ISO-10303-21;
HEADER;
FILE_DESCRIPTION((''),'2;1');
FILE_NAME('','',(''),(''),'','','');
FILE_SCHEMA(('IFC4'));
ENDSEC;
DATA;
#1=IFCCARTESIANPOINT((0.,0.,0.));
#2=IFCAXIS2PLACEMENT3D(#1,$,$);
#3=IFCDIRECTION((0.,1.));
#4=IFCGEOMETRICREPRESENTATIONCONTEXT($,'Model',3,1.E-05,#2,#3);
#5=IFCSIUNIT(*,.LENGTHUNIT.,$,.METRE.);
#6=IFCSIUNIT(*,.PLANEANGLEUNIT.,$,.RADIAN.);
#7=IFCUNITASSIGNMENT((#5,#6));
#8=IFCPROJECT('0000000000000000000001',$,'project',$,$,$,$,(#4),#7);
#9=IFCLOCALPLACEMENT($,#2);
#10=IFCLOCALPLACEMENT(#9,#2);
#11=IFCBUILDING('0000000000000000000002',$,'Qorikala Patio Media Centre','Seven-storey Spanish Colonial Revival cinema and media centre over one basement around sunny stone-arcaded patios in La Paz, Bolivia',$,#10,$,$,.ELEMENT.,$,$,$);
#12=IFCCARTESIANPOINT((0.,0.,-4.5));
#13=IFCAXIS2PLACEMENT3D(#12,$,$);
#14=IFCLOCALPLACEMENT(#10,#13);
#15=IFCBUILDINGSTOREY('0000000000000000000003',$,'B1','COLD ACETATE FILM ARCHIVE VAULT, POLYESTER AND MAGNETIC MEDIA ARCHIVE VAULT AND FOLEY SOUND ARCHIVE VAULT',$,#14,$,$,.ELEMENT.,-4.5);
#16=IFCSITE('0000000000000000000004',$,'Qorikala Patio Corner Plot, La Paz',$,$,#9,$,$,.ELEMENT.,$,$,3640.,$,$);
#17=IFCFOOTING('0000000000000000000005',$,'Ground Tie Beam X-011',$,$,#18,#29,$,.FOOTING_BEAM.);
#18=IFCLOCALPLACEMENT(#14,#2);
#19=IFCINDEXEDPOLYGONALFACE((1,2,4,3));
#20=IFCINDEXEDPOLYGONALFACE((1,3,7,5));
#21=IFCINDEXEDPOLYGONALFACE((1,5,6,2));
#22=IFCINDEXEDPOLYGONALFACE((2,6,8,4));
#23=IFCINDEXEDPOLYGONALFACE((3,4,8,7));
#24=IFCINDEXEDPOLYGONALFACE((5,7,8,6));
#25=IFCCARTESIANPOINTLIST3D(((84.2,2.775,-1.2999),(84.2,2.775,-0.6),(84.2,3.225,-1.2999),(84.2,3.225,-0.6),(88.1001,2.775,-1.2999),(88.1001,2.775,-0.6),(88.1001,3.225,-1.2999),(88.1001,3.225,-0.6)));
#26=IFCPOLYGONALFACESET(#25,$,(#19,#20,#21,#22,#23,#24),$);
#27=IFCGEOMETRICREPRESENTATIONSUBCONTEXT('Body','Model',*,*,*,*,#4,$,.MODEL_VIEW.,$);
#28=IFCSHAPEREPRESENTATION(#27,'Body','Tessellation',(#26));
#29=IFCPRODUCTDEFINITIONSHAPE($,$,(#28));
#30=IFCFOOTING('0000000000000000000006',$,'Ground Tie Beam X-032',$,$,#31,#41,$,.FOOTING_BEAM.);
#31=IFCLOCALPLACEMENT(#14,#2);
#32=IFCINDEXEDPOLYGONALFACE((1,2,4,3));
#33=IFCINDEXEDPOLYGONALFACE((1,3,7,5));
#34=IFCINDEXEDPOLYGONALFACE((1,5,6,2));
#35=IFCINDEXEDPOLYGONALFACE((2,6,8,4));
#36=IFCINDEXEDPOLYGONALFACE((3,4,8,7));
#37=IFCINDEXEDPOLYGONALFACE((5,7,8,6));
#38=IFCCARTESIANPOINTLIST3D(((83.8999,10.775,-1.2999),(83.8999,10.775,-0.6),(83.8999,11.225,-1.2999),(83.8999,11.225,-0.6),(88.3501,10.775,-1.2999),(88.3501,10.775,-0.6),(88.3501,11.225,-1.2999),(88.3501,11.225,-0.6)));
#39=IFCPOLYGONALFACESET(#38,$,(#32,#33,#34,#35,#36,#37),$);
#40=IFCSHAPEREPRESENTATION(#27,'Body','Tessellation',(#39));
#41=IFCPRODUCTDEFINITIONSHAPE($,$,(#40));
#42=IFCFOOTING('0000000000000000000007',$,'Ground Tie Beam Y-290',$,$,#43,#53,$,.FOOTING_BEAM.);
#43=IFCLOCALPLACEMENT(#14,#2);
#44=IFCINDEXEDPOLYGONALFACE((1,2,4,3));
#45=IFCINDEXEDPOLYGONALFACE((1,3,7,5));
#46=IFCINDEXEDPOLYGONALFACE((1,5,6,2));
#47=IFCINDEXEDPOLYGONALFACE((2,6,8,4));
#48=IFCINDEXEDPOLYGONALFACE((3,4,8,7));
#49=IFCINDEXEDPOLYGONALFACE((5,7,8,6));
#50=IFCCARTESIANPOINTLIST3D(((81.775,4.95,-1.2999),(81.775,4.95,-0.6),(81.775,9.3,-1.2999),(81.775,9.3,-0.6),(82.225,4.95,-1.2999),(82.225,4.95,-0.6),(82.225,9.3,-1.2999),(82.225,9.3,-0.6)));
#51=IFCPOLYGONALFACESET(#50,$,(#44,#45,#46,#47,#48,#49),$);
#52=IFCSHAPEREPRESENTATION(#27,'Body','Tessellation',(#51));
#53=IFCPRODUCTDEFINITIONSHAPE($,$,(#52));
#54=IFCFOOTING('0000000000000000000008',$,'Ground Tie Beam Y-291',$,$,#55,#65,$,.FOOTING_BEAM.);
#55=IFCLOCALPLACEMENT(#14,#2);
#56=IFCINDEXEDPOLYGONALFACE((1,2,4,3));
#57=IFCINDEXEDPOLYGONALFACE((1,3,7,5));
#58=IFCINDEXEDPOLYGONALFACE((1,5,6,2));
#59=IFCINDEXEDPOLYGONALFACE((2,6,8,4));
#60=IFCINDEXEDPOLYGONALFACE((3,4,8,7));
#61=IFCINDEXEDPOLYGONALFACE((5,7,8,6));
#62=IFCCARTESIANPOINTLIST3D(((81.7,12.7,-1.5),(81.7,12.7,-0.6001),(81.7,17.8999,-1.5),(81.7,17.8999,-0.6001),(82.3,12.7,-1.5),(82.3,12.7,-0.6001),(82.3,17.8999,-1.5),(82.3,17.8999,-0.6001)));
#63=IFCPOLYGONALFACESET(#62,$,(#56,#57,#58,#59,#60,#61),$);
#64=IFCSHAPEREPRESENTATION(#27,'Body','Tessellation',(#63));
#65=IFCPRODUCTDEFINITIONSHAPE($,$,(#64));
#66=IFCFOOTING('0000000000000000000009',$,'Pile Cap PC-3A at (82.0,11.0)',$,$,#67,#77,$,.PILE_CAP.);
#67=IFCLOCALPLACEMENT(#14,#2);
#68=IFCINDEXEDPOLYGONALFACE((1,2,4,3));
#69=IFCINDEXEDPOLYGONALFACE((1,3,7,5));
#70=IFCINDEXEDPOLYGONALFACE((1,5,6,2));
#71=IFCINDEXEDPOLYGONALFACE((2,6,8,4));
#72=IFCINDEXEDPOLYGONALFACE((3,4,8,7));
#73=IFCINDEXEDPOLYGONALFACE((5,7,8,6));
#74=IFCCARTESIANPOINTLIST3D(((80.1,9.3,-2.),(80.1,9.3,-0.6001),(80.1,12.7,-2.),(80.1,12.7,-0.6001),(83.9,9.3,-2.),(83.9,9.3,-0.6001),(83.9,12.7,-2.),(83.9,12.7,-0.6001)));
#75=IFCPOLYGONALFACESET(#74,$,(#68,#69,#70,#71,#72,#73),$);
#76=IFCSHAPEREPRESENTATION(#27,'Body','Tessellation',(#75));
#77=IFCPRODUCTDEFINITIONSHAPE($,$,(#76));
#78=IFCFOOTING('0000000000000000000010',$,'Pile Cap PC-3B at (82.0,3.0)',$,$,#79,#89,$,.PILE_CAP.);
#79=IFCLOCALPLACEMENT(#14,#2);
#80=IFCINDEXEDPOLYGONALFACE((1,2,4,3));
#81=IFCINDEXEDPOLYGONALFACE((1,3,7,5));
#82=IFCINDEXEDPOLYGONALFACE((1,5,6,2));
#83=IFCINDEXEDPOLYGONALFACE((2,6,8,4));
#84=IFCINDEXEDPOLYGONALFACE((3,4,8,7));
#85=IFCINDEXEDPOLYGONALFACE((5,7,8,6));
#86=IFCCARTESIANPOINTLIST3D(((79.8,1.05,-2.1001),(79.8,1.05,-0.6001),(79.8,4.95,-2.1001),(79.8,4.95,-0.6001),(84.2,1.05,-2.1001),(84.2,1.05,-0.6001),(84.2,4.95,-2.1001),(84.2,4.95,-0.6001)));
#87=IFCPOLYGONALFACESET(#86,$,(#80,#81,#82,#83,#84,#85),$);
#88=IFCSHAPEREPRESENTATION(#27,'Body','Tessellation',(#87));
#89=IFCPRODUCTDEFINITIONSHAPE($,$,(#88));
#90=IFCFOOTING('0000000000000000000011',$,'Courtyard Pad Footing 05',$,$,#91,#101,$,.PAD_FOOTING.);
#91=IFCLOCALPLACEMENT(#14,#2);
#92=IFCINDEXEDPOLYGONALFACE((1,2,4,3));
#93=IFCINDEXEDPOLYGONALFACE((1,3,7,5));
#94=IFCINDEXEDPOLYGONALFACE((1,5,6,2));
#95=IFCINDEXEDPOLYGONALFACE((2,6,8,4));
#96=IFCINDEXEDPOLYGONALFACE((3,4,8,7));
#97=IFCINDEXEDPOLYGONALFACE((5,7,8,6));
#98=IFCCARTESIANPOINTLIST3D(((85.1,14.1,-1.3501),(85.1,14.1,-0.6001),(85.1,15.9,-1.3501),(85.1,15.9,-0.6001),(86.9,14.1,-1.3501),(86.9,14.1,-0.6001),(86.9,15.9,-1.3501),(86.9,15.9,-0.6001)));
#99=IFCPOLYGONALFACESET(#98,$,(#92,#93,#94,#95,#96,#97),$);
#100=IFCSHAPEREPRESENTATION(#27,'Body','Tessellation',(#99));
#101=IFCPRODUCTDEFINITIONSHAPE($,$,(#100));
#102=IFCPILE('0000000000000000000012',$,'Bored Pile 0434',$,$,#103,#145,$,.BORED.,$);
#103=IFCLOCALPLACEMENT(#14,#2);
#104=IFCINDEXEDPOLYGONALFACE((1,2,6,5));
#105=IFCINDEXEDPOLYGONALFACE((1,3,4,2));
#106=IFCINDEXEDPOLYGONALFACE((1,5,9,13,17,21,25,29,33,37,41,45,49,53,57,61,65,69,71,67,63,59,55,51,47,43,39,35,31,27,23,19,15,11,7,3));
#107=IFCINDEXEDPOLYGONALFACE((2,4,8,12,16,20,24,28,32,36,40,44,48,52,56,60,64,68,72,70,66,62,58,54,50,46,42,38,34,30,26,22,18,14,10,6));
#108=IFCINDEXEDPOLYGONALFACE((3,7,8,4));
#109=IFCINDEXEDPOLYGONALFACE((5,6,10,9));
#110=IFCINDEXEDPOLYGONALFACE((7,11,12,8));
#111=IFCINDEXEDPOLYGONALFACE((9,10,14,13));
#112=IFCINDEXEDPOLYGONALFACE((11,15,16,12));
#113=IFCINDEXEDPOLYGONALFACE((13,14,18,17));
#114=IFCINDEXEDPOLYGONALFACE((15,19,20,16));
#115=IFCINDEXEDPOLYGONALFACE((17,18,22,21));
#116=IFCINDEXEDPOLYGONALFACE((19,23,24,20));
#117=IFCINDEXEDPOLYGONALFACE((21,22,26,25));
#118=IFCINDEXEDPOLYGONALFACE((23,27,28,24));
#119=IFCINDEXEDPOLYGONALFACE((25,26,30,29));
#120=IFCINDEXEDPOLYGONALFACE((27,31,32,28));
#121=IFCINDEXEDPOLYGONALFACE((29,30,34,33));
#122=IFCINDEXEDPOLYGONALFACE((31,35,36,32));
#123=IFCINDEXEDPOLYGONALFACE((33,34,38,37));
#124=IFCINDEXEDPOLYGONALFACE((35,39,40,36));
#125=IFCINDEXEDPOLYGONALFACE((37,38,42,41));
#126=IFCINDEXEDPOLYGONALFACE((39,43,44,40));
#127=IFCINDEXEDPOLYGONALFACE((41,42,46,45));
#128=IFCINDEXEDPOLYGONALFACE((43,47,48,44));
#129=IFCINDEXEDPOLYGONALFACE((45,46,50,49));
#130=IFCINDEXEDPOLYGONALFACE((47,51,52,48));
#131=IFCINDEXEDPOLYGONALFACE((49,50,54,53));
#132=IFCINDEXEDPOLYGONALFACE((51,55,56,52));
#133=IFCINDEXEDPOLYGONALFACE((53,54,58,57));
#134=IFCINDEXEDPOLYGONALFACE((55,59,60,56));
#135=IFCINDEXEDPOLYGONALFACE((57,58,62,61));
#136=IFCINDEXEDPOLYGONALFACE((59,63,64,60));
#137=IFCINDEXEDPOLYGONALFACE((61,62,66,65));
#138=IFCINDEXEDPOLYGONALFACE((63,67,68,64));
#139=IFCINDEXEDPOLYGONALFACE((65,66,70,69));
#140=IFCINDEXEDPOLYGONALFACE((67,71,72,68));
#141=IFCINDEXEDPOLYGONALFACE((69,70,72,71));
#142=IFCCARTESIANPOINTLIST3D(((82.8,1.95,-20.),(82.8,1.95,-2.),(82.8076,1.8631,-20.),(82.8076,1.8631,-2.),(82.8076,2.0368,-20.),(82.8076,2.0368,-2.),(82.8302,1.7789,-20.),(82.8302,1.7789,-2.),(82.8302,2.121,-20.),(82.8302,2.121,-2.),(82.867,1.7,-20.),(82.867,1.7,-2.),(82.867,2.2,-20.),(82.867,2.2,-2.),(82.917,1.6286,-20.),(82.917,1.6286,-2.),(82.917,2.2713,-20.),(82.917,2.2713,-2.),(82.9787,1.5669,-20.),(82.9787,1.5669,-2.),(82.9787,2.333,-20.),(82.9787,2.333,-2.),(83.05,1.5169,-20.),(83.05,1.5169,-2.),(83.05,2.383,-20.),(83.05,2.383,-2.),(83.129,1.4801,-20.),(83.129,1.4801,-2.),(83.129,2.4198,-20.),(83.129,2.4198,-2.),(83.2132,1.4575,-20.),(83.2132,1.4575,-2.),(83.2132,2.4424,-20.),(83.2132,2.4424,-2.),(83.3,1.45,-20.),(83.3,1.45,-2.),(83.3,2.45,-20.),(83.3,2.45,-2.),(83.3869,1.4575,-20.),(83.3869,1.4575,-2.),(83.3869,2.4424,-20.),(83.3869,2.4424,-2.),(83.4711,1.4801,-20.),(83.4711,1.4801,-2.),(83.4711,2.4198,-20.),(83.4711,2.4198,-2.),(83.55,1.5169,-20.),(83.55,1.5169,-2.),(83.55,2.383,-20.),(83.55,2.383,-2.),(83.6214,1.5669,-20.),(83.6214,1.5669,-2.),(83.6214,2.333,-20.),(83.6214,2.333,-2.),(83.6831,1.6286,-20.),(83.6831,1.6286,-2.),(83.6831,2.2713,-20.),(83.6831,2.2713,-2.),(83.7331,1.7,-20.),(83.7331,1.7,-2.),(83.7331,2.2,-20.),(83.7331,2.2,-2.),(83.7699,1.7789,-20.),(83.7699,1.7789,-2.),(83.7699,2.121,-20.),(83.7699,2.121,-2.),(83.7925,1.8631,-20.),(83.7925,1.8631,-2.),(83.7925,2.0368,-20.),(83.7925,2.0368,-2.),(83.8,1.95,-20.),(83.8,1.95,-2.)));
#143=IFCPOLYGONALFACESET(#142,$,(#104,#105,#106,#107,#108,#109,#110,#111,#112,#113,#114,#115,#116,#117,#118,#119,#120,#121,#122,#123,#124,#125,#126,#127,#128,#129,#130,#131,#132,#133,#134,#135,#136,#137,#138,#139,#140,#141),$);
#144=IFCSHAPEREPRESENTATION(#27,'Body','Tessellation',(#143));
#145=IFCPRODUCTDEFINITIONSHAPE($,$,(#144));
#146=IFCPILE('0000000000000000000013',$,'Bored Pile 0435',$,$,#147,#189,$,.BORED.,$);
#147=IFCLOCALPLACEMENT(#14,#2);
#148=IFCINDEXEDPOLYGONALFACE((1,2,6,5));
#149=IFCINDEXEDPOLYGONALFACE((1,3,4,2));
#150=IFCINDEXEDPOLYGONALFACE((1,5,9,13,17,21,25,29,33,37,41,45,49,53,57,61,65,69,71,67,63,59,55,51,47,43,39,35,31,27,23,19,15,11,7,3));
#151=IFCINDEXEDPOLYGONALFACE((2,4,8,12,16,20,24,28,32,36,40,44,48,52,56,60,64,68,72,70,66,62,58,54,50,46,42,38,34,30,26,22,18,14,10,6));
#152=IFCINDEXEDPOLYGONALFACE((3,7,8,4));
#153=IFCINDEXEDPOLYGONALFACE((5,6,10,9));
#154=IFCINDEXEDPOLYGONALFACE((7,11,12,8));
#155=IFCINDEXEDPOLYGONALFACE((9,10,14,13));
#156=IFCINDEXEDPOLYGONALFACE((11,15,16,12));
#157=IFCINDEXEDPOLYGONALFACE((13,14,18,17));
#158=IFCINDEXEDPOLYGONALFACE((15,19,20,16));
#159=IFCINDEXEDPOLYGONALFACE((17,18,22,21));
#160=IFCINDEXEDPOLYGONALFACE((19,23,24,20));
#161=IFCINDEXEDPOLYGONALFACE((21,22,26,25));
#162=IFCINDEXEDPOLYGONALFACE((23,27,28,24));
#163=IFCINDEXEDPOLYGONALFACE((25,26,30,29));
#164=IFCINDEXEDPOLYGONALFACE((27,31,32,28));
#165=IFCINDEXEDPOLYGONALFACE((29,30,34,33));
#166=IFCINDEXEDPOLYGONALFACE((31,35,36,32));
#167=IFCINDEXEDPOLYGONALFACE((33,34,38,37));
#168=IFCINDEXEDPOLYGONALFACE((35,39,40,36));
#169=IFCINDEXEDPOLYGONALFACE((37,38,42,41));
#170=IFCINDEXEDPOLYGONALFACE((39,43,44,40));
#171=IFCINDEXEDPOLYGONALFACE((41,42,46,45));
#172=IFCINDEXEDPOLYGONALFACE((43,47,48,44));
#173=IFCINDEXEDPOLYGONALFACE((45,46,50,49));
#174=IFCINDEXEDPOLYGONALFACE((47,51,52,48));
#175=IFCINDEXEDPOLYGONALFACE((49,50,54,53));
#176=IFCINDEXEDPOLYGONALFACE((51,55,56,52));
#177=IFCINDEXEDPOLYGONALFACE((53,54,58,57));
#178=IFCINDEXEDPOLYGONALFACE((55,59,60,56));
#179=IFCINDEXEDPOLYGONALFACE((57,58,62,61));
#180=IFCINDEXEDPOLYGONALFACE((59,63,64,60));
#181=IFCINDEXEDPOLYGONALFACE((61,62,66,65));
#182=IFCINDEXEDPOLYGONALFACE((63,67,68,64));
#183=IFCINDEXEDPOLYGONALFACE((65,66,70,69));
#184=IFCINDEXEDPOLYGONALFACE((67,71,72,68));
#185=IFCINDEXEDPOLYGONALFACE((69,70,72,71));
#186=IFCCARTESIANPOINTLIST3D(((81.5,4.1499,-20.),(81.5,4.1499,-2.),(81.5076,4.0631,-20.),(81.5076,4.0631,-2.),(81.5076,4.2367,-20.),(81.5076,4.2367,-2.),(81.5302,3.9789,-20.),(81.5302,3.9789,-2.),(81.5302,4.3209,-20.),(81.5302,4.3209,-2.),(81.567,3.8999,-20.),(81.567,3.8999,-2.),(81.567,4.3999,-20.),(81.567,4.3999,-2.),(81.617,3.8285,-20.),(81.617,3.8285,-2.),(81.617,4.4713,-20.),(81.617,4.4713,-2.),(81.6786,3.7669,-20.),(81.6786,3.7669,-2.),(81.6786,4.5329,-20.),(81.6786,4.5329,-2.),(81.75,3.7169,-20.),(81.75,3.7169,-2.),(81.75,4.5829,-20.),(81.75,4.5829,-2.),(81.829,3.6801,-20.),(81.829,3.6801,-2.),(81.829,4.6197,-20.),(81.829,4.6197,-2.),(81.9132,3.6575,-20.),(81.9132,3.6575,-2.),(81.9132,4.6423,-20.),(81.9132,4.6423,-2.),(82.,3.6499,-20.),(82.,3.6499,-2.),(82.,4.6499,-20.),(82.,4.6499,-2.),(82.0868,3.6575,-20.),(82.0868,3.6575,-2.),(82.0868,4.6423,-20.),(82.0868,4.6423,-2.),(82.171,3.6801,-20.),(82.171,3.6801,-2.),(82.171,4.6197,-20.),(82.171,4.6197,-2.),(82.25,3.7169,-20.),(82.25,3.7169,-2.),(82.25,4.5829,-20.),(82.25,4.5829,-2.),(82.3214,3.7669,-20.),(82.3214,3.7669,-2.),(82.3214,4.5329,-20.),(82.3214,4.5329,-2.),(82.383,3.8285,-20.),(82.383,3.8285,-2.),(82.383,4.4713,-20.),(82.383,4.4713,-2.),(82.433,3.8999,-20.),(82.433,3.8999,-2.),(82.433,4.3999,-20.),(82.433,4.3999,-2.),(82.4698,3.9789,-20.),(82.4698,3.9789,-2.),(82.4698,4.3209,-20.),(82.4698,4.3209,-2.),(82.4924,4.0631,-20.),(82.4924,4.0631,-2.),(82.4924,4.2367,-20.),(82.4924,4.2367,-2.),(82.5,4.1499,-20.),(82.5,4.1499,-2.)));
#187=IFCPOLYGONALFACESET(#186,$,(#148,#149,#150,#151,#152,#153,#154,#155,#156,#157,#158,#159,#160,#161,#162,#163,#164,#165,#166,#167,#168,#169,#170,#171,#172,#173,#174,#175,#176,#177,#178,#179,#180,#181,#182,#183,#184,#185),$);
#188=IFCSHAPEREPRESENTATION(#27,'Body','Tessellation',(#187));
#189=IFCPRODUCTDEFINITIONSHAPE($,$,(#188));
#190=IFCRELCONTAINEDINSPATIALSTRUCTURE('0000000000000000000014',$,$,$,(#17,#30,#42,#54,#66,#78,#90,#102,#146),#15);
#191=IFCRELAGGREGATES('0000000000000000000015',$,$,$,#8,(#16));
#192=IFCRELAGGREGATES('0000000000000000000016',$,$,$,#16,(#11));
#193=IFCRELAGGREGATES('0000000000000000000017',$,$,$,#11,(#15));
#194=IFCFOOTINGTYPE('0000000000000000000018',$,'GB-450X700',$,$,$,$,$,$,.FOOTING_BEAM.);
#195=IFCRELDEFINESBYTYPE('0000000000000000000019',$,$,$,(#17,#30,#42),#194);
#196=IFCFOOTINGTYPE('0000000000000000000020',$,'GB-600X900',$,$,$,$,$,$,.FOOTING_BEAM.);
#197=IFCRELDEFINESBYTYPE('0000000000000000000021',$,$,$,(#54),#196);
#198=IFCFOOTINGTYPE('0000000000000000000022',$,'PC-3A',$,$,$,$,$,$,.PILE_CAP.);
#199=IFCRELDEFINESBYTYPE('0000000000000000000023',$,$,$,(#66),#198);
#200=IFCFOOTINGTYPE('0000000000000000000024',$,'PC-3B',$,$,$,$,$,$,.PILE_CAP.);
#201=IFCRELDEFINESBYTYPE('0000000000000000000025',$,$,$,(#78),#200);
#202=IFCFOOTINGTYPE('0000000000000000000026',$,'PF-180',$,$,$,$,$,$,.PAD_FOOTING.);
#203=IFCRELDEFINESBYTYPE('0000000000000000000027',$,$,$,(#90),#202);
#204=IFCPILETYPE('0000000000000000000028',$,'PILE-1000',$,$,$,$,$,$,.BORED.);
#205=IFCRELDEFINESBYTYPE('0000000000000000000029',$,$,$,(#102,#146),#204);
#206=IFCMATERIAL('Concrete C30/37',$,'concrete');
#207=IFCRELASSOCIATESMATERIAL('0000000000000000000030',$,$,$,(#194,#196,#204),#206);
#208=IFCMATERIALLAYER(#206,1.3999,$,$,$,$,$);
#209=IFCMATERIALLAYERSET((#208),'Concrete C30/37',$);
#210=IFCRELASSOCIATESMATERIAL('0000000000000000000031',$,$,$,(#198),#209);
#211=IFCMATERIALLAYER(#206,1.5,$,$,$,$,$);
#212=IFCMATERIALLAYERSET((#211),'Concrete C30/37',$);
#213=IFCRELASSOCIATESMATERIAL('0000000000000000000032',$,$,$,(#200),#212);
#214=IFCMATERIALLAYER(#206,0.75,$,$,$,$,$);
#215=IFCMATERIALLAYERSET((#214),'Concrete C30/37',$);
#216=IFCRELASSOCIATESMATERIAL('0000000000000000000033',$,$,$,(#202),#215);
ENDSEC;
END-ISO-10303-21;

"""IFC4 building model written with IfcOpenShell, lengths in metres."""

from ifc_helpers import new_model, si_unit, direction, frame, origin, origin_2d, place, context, subcontext, project, spatial, rectangle, circle, extrude, material, layer, layer_set, material_profile, profile_set, type_object, element, save


model = new_model("IFC4")

# Units and contexts
model_context = context("Model", 3, precision=1e-05, world=origin(), true_north=direction((0.0, 1.0)))
body_context = subcontext(model_context, "Body", "Model", "MODEL_VIEW")
ifc_project = project(units=[si_unit("LENGTHUNIT", "METRE"), si_unit("PLANEANGLEUNIT", "RADIAN")], contexts=[model_context])

# Site, building, storey
site_placement = place(None, origin())
site = spatial("IfcSite", under=ifc_project, at=site_placement, Name="Qorikala Patio Corner Plot, La Paz", CompositionType="ELEMENT", RefElevation=3640.0)
building_placement = place(site_placement, origin())
building = spatial("IfcBuilding", under=site, at=building_placement, Name="Qorikala Patio Media Centre", Description="Seven-storey Spanish Colonial Revival cinema and media centre over one basement around sunny stone-arcaded patios in La Paz, Bolivia", CompositionType="ELEMENT")
storey_placement = place(building_placement, frame((0.0, 0.0, -4.5)))
storey = spatial("IfcBuildingStorey", under=building, at=storey_placement, Name="B1", Description="COLD ACETATE FILM ARCHIVE VAULT, POLYESTER AND MAGNETIC MEDIA ARCHIVE VAULT AND FOLEY SOUND ARCHIVE VAULT", CompositionType="ELEMENT", Elevation=-4.5)

# Footings
ifc_material_1 = material(Name="Concrete C30/37", Category="concrete")
ifc_material_profile_1 = material_profile(ifc_material_1, rectangle(XDim=0.45, YDim=0.7, at=origin_2d()), Name="RC 450x700")
ifc_profile_set_1 = profile_set([ifc_material_profile_1], Name="Concrete C30/37")
footing_type_1 = type_object("IfcFootingType", Name="GB-450X700", PredefinedType="FOOTING_BEAM", material=ifc_profile_set_1)
footing_1_placement = place(storey_placement, frame((84.2, 3.0, -0.95), z_axis=(1.0, 0.0, 0.0), x_axis=(0.0, 1.0, 0.0)))
element("IfcFooting", 1, at=footing_1_placement, inside=storey, type_object=footing_type_1, Name="Ground Tie Beam X-011", PredefinedType="FOOTING_BEAM", context=body_context, shape_type="SweptSolid", body=[
    extrude(rectangle(XDim=0.45, YDim=0.7, at=origin_2d()), origin(), (0.0, 0.0, 1.0), 3.9001),
])
footing_2_placement = place(storey_placement, frame((83.8999, 11.0, -0.95), z_axis=(1.0, 0.0, 0.0), x_axis=(0.0, 1.0, 0.0)))
element("IfcFooting", 2, at=footing_2_placement, inside=storey, type_object=footing_type_1, Name="Ground Tie Beam X-032", PredefinedType="FOOTING_BEAM", context=body_context, shape_type="SweptSolid", body=[
    extrude(rectangle(XDim=0.45, YDim=0.7, at=origin_2d()), origin(), (0.0, 0.0, 1.0), 4.4502),
])
footing_3_placement = place(storey_placement, frame((82.0, 4.95, -0.95), z_axis=(0.0, 1.0, 0.0), x_axis=(-1.0, 0.0, 0.0)))
element("IfcFooting", 3, at=footing_3_placement, inside=storey, type_object=footing_type_1, Name="Ground Tie Beam Y-290", PredefinedType="FOOTING_BEAM", context=body_context, shape_type="SweptSolid", body=[
    extrude(rectangle(XDim=0.45, YDim=0.7, at=origin_2d()), origin(), (0.0, 0.0, 1.0), 4.3501),
])
ifc_material_profile_2 = material_profile(ifc_material_1, rectangle(XDim=0.6001, YDim=0.8999, at=origin_2d()), Name="RC 600x900")
ifc_profile_set_2 = profile_set([ifc_material_profile_2], Name="Concrete C30/37")
footing_type_2 = type_object("IfcFootingType", Name="GB-600X900", PredefinedType="FOOTING_BEAM", material=ifc_profile_set_2)
footing_4_placement = place(storey_placement, frame((82.0, 12.7, -1.05), z_axis=(0.0, 1.0, 0.0), x_axis=(-1.0, 0.0, 0.0)))
element("IfcFooting", 4, at=footing_4_placement, inside=storey, type_object=footing_type_2, Name="Ground Tie Beam Y-291", PredefinedType="FOOTING_BEAM", context=body_context, shape_type="SweptSolid", body=[
    extrude(rectangle(XDim=0.6001, YDim=0.8999, at=origin_2d()), origin(), (0.0, 0.0, 1.0), 5.2),
])
ifc_layer_1 = layer(ifc_material_1, 1.3999)
ifc_layer_set_1 = layer_set([ifc_layer_1], Name="Concrete C30/37")
footing_type_3 = type_object("IfcFootingType", Name="PC-3A", PredefinedType="PILE_CAP", material=ifc_layer_set_1)
footing_5_placement = place(storey_placement, frame((82.0, 11.0, -2.0), z_axis=(0.0, 0.0, 1.0), x_axis=(1.0, 0.0, 0.0)))
element("IfcFooting", 5, at=footing_5_placement, inside=storey, type_object=footing_type_3, Name="Pile Cap PC-3A at (82.0,11.0)", PredefinedType="PILE_CAP", context=body_context, shape_type="SweptSolid", body=[
    extrude(rectangle(XDim=3.8, YDim=3.3999, at=origin_2d()), origin(), (0.0, 0.0, 1.0), 1.3999),
])
ifc_layer_2 = layer(ifc_material_1, 1.5)
ifc_layer_set_2 = layer_set([ifc_layer_2], Name="Concrete C30/37")
footing_type_4 = type_object("IfcFootingType", Name="PC-3B", PredefinedType="PILE_CAP", material=ifc_layer_set_2)
footing_6_placement = place(storey_placement, frame((82.0, 3.0, -2.1001), z_axis=(0.0, 0.0, 1.0), x_axis=(1.0, 0.0, 0.0)))
element("IfcFooting", 6, at=footing_6_placement, inside=storey, type_object=footing_type_4, Name="Pile Cap PC-3B at (82.0,3.0)", PredefinedType="PILE_CAP", context=body_context, shape_type="SweptSolid", body=[
    extrude(rectangle(XDim=4.3999, YDim=3.8999, at=origin_2d()), origin(), (0.0, 0.0, 1.0), 1.5),
])
ifc_layer_3 = layer(ifc_material_1, 0.75)
ifc_layer_set_3 = layer_set([ifc_layer_3], Name="Concrete C30/37")
footing_type_5 = type_object("IfcFootingType", Name="PF-180", PredefinedType="PAD_FOOTING", material=ifc_layer_set_3)
footing_7_placement = place(storey_placement, frame((86.0, 15.0, -1.3501), z_axis=(0.0, 0.0, 1.0), x_axis=(1.0, 0.0, 0.0)))
element("IfcFooting", 7, at=footing_7_placement, inside=storey, type_object=footing_type_5, Name="Courtyard Pad Footing 05", PredefinedType="PAD_FOOTING", context=body_context, shape_type="SweptSolid", body=[
    extrude(rectangle(XDim=1.8, YDim=1.8, at=origin_2d()), origin(), (0.0, 0.0, 1.0), 0.75),
])

# Piles
ifc_material_profile_3 = material_profile(ifc_material_1, circle(Radius=0.5, at=origin_2d()), Name="BORED PILE 1000")
ifc_profile_set_3 = profile_set([ifc_material_profile_3], Name="Concrete C30/37")
pile_type_1 = type_object("IfcPileType", Name="PILE-1000", PredefinedType="BORED", material=ifc_profile_set_3)
for number, where, z_axis, x_axis, name in (
    (8, (83.3, 1.95, -2.0), (0.0, 0.0, -1.0), (1.0, 0.0, 0.0), "Bored Pile 0434"),
    (9, (82.0, 4.1499, -2.0), (0.0, 0.0, -1.0), (1.0, 0.0, 0.0), "Bored Pile 0435"),
):
    element("IfcPile", number, at=place(storey_placement, frame(where, z_axis=z_axis, x_axis=x_axis)), inside=storey, type_object=pile_type_1, Name=name, PredefinedType="BORED", context=body_context, shape_type="SweptSolid", body=[
        extrude(circle(Radius=0.5, at=origin_2d()), origin(), (0.0, 0.0, 1.0), 18.0),
    ])

save(model, "model.ifc")
